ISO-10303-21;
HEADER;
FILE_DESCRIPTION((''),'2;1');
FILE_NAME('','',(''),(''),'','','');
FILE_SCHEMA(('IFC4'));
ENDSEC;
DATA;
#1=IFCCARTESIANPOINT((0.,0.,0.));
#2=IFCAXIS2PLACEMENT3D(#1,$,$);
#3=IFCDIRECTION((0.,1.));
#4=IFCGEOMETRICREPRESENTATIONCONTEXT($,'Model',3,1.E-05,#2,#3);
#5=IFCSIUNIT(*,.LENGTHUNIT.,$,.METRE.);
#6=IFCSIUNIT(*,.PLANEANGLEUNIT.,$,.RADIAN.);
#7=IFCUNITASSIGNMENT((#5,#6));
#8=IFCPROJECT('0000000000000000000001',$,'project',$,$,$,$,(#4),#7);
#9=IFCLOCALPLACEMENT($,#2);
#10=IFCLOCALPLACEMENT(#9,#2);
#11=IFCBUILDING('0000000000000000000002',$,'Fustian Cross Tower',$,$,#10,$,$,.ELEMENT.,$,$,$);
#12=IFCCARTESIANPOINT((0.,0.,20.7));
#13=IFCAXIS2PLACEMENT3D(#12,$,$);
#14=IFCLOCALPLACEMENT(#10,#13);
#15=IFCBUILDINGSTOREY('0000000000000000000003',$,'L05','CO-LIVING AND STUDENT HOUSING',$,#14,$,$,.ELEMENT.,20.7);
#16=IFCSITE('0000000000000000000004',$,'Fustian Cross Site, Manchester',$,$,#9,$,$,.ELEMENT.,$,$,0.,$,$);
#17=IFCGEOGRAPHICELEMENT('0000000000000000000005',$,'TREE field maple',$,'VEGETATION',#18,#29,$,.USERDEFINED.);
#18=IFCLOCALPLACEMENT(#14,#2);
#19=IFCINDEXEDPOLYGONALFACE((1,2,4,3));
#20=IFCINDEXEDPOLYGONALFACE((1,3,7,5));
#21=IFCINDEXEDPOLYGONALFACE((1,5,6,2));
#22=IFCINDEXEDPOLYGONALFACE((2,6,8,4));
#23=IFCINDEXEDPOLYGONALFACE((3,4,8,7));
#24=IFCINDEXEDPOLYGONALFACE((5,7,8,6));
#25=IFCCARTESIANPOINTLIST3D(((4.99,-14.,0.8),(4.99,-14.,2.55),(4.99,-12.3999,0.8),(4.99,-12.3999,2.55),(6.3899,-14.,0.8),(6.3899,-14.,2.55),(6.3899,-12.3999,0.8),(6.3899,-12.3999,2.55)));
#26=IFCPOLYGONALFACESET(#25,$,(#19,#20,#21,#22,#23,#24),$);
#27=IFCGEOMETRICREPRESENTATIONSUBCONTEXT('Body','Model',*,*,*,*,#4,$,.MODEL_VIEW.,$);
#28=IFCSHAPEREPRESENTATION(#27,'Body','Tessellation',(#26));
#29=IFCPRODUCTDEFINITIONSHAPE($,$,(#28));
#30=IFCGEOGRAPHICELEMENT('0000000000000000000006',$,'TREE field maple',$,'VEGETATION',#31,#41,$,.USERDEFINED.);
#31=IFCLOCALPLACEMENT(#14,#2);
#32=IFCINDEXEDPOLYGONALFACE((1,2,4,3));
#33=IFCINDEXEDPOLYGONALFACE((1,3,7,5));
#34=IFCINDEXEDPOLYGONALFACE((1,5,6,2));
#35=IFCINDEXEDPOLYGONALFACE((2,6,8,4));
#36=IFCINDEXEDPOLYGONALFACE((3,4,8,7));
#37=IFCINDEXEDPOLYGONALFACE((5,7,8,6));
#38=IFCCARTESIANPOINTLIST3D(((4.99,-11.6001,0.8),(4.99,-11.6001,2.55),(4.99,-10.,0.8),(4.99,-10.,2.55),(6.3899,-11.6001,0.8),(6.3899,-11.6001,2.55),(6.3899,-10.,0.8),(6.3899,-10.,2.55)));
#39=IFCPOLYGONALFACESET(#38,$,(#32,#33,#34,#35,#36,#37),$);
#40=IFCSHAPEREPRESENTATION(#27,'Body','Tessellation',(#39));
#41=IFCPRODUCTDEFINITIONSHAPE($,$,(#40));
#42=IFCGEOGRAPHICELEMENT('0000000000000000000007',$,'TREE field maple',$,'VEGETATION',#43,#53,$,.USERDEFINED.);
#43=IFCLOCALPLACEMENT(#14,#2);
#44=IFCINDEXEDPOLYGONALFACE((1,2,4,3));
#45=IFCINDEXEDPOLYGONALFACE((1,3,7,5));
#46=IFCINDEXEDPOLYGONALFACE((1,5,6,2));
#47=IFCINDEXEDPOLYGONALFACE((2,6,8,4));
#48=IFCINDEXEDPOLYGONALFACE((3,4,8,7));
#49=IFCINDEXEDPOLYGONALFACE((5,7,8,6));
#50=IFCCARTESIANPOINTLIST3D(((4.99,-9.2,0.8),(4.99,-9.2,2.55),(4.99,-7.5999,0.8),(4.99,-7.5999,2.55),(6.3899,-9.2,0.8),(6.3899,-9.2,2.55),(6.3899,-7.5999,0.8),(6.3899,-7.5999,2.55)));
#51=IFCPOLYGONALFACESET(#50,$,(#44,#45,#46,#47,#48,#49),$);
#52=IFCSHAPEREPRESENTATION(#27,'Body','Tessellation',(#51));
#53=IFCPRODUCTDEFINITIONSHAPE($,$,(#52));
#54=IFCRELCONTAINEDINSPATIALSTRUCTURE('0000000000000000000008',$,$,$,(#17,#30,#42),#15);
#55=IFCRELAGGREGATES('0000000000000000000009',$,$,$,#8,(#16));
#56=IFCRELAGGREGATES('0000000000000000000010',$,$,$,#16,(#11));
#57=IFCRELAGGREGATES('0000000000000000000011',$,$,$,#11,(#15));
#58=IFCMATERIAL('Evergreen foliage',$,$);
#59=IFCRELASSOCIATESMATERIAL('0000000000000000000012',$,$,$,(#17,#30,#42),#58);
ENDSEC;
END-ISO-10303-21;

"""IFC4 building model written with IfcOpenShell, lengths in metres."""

from ifc_helpers import new_model, si_unit, direction, frame, origin, origin_2d, place, context, subcontext, project, spatial, rectangle, extrude, material, element, save


model = new_model("IFC4")

# Units and contexts
model_context = context("Model", 3, precision=1e-05, world=origin(), true_north=direction((0.0, 1.0)))
body_context = subcontext(model_context, "Body", "Model", "MODEL_VIEW")
ifc_project = project(units=[si_unit("LENGTHUNIT", "METRE"), si_unit("PLANEANGLEUNIT", "RADIAN")], contexts=[model_context])

# Site, building, storey
site_placement = place(None, origin())
site = spatial("IfcSite", under=ifc_project, at=site_placement, Name="Fustian Cross Site, Manchester", CompositionType="ELEMENT", RefElevation=0.0)
building_placement = place(site_placement, origin())
building = spatial("IfcBuilding", under=site, at=building_placement, Name="Fustian Cross Tower", CompositionType="ELEMENT")
storey_placement = place(building_placement, frame((0.0, 0.0, 20.7)))
storey = spatial("IfcBuildingStorey", under=building, at=storey_placement, Name="L05", Description="CO-LIVING AND STUDENT HOUSING", CompositionType="ELEMENT", Elevation=20.7)

# Geographic elements
ifc_material_1 = material(Name="Evergreen foliage")
for number, where, z_axis, x_axis, name in (
    (1, (5.6899, -13.2, 0.8), (0.0, 0.0, 1.0), (1.0, 0.0, 0.0), "TREE field maple"),
    (2, (5.6899, -10.8, 0.8), (0.0, 0.0, 1.0), (1.0, 0.0, 0.0), "TREE field maple"),
    (3, (5.6899, -8.3999, 0.8), (0.0, 0.0, 1.0), (1.0, 0.0, 0.0), "TREE field maple"),
):
    element("IfcGeographicElement", number, at=place(storey_placement, frame(where, z_axis=z_axis, x_axis=x_axis)), inside=storey, material=ifc_material_1, Name=name, ObjectType="VEGETATION", PredefinedType="USERDEFINED", context=body_context, shape_type="SweptSolid", body=[
        extrude(rectangle(XDim=1.3999, YDim=1.6001, at=origin_2d()), origin(), (0.0, 0.0, 1.0), 1.75),
    ])

save(model, "model.ifc")
